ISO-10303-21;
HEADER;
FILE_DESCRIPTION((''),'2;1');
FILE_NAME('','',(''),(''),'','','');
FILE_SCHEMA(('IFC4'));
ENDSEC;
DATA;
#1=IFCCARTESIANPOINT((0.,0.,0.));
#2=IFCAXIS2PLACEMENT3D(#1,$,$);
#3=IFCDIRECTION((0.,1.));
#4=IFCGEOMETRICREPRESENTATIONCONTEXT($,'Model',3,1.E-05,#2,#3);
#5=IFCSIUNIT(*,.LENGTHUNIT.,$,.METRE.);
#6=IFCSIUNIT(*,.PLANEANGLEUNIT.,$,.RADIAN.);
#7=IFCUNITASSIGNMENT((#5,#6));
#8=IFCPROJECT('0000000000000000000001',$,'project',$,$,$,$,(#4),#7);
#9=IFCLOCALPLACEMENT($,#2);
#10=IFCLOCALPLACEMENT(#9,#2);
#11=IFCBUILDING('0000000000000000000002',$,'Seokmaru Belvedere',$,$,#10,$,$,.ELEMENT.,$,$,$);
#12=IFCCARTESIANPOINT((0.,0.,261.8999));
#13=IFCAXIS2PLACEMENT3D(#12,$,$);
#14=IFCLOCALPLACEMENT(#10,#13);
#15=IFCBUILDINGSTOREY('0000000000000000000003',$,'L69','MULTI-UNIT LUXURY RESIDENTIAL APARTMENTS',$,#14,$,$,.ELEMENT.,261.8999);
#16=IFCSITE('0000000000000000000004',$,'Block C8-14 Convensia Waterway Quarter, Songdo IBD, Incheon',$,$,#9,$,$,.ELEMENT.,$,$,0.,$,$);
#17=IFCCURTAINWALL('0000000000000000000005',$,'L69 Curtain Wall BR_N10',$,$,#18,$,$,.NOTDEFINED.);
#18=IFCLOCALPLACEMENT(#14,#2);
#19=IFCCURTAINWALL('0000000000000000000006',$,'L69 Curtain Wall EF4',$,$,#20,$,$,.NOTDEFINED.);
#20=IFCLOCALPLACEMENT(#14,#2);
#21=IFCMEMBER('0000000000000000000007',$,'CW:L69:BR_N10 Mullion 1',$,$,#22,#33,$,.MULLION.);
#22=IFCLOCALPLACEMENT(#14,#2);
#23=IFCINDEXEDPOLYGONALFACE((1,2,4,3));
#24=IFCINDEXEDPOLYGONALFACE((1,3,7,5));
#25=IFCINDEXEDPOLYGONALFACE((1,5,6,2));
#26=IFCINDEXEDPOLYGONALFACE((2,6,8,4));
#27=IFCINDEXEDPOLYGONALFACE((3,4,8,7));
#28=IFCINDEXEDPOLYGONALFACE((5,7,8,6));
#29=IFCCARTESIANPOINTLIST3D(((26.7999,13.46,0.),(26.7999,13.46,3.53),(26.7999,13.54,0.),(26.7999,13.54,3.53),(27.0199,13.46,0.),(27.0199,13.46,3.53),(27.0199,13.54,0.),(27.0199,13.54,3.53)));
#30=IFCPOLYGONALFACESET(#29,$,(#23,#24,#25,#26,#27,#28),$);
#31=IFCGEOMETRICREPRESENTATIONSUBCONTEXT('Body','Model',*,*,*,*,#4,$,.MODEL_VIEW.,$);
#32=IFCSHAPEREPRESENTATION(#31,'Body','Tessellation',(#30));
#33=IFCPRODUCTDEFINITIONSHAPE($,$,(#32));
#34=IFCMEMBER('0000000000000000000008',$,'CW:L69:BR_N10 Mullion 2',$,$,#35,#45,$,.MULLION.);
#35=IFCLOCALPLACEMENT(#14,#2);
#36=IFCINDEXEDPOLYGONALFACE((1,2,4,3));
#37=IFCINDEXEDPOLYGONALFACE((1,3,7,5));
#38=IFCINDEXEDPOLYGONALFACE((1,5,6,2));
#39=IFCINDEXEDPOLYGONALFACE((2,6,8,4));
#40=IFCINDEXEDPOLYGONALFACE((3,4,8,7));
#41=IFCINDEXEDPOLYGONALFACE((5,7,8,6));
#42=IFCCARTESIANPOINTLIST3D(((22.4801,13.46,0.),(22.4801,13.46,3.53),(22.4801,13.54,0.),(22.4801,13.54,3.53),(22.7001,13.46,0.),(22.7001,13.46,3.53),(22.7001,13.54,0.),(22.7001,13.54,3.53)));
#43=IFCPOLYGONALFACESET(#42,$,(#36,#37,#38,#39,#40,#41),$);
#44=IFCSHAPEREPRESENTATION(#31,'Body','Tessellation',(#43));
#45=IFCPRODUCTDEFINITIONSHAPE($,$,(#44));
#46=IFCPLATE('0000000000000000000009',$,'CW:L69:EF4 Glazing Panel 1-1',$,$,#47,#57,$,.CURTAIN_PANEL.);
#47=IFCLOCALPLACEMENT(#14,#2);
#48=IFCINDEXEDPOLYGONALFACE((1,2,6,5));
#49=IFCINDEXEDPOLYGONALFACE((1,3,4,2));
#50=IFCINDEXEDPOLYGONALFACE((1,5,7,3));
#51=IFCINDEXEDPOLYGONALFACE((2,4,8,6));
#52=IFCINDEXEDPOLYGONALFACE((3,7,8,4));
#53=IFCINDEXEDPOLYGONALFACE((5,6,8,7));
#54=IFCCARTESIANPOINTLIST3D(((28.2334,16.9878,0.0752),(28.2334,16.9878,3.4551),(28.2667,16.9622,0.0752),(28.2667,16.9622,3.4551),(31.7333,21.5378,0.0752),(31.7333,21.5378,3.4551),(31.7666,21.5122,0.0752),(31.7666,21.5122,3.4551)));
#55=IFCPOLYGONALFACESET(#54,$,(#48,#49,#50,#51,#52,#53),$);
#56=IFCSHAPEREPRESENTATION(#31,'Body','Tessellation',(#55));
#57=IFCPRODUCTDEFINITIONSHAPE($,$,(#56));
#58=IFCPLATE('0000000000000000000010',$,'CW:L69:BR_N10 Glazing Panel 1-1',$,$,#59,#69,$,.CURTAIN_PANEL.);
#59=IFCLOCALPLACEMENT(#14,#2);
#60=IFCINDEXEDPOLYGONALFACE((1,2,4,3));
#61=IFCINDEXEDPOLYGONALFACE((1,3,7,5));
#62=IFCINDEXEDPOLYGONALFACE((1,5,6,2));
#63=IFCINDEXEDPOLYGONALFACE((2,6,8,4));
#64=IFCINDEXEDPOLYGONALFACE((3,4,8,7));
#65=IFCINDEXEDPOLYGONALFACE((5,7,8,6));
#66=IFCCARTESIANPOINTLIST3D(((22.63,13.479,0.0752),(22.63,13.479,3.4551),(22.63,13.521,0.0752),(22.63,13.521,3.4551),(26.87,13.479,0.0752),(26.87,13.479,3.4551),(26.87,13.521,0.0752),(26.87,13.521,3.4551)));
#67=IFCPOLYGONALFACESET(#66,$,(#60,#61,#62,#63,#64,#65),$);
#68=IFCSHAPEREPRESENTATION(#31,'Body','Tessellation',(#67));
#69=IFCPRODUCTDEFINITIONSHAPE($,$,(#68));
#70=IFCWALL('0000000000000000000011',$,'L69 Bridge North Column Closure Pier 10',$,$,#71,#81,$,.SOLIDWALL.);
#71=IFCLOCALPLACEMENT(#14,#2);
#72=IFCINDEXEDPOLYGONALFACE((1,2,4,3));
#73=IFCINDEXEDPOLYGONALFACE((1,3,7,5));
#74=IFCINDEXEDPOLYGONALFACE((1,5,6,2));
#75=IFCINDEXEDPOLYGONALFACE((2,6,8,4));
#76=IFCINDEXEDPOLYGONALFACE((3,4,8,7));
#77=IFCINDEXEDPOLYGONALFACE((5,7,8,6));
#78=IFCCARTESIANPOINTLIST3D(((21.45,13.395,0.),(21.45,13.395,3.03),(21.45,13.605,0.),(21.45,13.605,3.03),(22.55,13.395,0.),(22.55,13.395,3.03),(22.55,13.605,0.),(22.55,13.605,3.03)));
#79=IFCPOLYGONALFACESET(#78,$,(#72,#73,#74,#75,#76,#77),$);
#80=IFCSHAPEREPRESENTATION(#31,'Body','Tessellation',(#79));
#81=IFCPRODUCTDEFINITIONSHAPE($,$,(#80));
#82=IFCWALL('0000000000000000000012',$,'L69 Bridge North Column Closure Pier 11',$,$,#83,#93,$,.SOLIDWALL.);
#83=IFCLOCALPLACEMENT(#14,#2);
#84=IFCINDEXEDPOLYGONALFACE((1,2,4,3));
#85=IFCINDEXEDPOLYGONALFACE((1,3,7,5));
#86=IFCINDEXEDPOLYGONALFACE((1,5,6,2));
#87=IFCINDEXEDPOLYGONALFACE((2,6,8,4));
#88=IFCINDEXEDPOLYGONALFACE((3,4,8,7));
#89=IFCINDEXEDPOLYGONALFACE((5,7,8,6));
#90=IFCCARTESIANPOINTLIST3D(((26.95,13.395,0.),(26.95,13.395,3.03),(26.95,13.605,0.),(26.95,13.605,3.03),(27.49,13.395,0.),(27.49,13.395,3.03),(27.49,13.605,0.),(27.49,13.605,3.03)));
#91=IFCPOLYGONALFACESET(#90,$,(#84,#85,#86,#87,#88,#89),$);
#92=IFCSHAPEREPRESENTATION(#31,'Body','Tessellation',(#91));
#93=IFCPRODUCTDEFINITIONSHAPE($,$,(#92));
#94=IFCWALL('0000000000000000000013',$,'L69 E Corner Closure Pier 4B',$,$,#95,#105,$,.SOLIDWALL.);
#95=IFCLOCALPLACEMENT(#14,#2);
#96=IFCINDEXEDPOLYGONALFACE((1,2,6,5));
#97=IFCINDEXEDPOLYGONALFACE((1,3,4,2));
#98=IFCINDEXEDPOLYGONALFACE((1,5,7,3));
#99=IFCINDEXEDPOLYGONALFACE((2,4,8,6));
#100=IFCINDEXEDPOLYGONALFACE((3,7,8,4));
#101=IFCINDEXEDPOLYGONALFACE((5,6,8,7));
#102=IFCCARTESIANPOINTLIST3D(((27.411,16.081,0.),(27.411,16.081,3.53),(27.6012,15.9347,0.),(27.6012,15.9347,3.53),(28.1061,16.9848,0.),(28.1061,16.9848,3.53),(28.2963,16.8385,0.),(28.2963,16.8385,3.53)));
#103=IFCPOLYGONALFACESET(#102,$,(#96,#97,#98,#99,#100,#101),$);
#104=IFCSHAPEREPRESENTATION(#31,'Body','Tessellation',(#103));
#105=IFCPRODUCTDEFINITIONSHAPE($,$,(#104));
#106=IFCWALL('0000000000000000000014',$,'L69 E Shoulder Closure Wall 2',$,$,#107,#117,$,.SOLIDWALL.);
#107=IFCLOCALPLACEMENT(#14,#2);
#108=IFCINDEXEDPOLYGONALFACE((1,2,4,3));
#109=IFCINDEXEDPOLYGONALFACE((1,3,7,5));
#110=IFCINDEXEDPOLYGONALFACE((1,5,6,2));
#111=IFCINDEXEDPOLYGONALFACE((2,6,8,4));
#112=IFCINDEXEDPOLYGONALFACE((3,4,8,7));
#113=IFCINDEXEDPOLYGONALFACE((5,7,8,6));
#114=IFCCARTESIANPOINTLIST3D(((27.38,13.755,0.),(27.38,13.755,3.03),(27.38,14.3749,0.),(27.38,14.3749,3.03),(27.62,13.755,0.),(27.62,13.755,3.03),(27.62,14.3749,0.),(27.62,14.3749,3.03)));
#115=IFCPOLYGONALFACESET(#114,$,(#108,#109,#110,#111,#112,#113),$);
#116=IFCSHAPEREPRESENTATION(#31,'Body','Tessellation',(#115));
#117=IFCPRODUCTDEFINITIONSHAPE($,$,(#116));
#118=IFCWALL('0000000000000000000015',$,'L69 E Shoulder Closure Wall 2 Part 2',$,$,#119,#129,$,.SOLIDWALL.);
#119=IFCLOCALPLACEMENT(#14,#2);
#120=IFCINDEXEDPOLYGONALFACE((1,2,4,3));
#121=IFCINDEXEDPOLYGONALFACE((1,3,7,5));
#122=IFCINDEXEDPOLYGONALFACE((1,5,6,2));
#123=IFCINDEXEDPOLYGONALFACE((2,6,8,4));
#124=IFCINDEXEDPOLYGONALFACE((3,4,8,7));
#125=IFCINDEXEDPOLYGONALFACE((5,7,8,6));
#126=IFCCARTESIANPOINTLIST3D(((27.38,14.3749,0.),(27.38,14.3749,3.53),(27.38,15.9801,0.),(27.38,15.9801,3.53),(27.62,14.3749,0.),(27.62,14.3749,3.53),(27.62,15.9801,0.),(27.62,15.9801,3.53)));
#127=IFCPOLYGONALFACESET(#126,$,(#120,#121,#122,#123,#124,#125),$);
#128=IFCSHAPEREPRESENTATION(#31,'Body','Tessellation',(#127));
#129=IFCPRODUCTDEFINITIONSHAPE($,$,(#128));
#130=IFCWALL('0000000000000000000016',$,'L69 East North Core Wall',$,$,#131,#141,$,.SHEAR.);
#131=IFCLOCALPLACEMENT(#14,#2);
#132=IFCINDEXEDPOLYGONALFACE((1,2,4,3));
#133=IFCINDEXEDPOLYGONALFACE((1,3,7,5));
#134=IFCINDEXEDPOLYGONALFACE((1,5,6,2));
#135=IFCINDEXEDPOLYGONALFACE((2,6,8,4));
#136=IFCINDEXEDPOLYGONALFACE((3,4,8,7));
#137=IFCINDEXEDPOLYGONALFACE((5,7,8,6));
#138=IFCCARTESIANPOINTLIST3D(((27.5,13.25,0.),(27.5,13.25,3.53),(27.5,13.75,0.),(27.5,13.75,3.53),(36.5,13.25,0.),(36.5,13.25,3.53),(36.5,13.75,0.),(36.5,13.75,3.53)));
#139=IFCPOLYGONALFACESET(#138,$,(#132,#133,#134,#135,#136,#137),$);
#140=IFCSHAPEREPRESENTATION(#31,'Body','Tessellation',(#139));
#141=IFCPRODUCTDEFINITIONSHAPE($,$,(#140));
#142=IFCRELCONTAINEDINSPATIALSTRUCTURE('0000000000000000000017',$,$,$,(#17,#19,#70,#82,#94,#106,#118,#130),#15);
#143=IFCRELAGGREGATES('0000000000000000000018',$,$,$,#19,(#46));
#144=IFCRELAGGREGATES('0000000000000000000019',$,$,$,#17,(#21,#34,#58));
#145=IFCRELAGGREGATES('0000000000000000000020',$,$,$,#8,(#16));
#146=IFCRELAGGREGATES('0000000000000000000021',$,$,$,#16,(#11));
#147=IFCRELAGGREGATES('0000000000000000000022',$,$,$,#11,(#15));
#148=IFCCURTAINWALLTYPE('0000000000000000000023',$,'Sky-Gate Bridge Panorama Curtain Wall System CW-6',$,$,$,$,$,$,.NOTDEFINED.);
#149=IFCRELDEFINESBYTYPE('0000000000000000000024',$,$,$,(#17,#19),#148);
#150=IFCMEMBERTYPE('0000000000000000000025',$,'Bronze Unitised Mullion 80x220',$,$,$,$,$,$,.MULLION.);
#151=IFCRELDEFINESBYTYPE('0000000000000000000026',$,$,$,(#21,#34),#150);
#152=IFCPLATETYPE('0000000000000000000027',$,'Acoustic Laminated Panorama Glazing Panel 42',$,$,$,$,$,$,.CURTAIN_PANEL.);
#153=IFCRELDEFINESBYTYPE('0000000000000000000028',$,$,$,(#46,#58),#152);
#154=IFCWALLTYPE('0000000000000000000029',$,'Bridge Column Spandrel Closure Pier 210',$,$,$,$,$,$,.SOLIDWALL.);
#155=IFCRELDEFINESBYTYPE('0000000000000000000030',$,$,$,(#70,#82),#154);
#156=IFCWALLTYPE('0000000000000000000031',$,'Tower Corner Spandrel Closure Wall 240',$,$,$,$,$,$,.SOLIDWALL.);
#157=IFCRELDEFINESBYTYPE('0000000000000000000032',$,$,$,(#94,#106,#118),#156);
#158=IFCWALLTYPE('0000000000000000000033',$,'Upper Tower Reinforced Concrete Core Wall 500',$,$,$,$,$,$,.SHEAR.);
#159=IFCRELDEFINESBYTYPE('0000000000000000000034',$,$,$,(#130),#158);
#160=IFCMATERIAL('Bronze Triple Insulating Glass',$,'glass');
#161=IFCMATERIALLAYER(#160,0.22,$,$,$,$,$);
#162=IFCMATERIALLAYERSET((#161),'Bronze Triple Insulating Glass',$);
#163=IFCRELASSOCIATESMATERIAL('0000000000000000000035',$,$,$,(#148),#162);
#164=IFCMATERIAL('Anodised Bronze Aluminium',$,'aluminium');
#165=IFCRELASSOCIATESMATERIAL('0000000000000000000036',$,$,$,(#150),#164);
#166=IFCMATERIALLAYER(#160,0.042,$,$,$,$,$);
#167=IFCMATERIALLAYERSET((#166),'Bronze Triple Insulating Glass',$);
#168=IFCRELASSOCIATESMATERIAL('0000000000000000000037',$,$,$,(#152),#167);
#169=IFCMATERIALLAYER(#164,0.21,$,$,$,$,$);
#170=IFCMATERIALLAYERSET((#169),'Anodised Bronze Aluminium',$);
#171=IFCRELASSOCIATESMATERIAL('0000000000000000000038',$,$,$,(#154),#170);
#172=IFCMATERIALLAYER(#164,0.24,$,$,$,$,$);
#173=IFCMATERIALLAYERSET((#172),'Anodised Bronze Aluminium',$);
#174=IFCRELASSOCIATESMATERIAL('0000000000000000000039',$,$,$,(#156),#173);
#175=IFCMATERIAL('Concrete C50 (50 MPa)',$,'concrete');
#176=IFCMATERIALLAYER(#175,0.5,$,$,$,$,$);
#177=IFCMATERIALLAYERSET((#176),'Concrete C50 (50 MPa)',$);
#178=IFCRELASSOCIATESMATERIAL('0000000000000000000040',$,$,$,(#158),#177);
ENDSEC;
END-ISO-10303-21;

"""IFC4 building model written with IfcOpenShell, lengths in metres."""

from ifc_helpers import new_model, si_unit, direction, frame, frame_2d, origin, origin_2d, place, context, subcontext, project, spatial, rectangle, extrude, source, transform, mapped, material, layer, layer_set, material_profile, profile_set, type_object, type_shapes, element, aggregate, save


model = new_model("IFC4")

# Units and contexts
model_context = context("Model", 3, precision=1e-05, world=origin(), true_north=direction((0.0, 1.0)))
body_context = subcontext(model_context, "Body", "Model", "MODEL_VIEW")
ifc_project = project(units=[si_unit("LENGTHUNIT", "METRE"), si_unit("PLANEANGLEUNIT", "RADIAN")], contexts=[model_context])

# Site, building, storey
site_placement = place(None, origin())
site = spatial("IfcSite", under=ifc_project, at=site_placement, Name="Block C8-14 Convensia Waterway Quarter, Songdo IBD, Incheon", CompositionType="ELEMENT", RefElevation=0.0)
building_placement = place(site_placement, origin())
building = spatial("IfcBuilding", under=site, at=building_placement, Name="Seokmaru Belvedere", CompositionType="ELEMENT")
storey_placement = place(building_placement, frame((0.0, 0.0, 261.8999)))
storey = spatial("IfcBuildingStorey", under=building, at=storey_placement, Name="L69", Description="MULTI-UNIT LUXURY RESIDENTIAL APARTMENTS", CompositionType="ELEMENT", Elevation=261.8999)

# Curtain wall
ifc_material_1 = material(Name="Bronze Triple Insulating Glass", Category="glass")
ifc_layer_1 = layer(ifc_material_1, 0.22)
ifc_layer_set_1 = layer_set([ifc_layer_1], Name="Bronze Triple Insulating Glass")
curtain_wall_type = type_object("IfcCurtainWallType", Name="Sky-Gate Bridge Panorama Curtain Wall System CW-6", PredefinedType="NOTDEFINED", material=ifc_layer_set_1)
curtain_wall_1_placement = place(storey_placement, origin())
curtain_wall_1 = element("IfcCurtainWall", 1, at=curtain_wall_1_placement, inside=storey, type_object=curtain_wall_type, Name="L69 Curtain Wall BR_N10", PredefinedType="NOTDEFINED")
ifc_material_2 = material(Name="Anodised Bronze Aluminium", Category="aluminium")

# Curtain wall
curtain_wall_2_placement = place(storey_placement, origin())
curtain_wall_2 = element("IfcCurtainWall", 2, at=curtain_wall_2_placement, inside=storey, type_object=curtain_wall_type, Name="L69 Curtain Wall EF4", PredefinedType="NOTDEFINED")
ifc_material_profile_1 = material_profile(ifc_material_2, rectangle(XDim=0.0801, YDim=0.22, at=origin_2d()), Name="CW-M-80x220")
ifc_profile_set_1 = profile_set([ifc_material_profile_1], Name="Anodised Bronze Aluminium")
member_type_1 = type_object("IfcMemberType", Name="Bronze Unitised Mullion 80x220", PredefinedType="MULLION", material=ifc_profile_set_1)
shared_shape_1 = source(origin(), body_context, "Body", "SweptSolid", [
    extrude(rectangle(XDim=0.0801, YDim=0.22, at=origin_2d()), origin(), (0.0, 0.0, 1.0), 3.53),
])
type_shapes(member_type_1, [shared_shape_1])

# Members
member_1_placement = place(storey_placement, frame((26.9099, 13.5, 0.0), z_axis=(0.0, 0.0, 1.0), x_axis=(0.0, -1.0, 0.0)))
member_1 = element("IfcMember", 3, at=member_1_placement, type_object=member_type_1, Name="CW:L69:BR_N10 Mullion 1", PredefinedType="MULLION", context=body_context, shape_type="MappedRepresentation", body=[
    mapped(shared_shape_1, transform((0.0, 0.0, 0.0), scale=1.0)),
])
member_2_placement = place(storey_placement, frame((22.5901, 13.5, 0.0), z_axis=(0.0, 0.0, 1.0), x_axis=(0.0, -1.0, 0.0)))
member_2 = element("IfcMember", 4, at=member_2_placement, type_object=member_type_1, Name="CW:L69:BR_N10 Mullion 2", PredefinedType="MULLION", context=body_context, shape_type="MappedRepresentation", body=[
    mapped(shared_shape_1, transform((0.0, 0.0, 0.0), scale=1.0)),
])

# Plates
ifc_layer_2 = layer(ifc_material_1, 0.042)
ifc_layer_set_2 = layer_set([ifc_layer_2], Name="Bronze Triple Insulating Glass")
plate_type = type_object("IfcPlateType", Name="Acoustic Laminated Panorama Glazing Panel 42", PredefinedType="CURTAIN_PANEL", material=ifc_layer_set_2)
shared_shape_2 = source(origin(), body_context, "Body", "SweptSolid", [
    extrude(rectangle(XDim=5.7405, YDim=0.042, at=origin_2d()), origin(), (0.0, 0.0, 1.0), 3.3799),
])
plate_1_placement = place(storey_placement, frame((30.0, 19.25, 0.0752), z_axis=(0.0, 0.0, 1.0), x_axis=(-0.609701, -0.792631, 0.0)))
plate_1 = element("IfcPlate", 5, at=plate_1_placement, type_object=plate_type, Name="CW:L69:EF4 Glazing Panel 1-1", PredefinedType="CURTAIN_PANEL", context=body_context, shape_type="MappedRepresentation", body=[
    mapped(shared_shape_2, transform((0.0, 0.0, 0.0), scale=1.0)),
])
aggregate(curtain_wall_2, [plate_1])
shared_shape_3 = source(origin(), body_context, "Body", "SweptSolid", [
    extrude(rectangle(XDim=4.24, YDim=0.042, at=origin_2d()), origin(), (0.0, 0.0, 1.0), 3.3799),
])
type_shapes(plate_type, [shared_shape_2, shared_shape_3])
plate_2_placement = place(storey_placement, frame((24.75, 13.5, 0.0752), z_axis=(0.0, 0.0, 1.0), x_axis=(-1.0, 0.0, 0.0)))
plate_2 = element("IfcPlate", 6, at=plate_2_placement, type_object=plate_type, Name="CW:L69:BR_N10 Glazing Panel 1-1", PredefinedType="CURTAIN_PANEL", context=body_context, shape_type="MappedRepresentation", body=[
    mapped(shared_shape_3, transform((0.0, 0.0, 0.0), scale=1.0)),
])
aggregate(curtain_wall_1, [member_1, member_2, plate_2])

# Walls
ifc_layer_3 = layer(ifc_material_2, 0.21)
ifc_layer_set_3 = layer_set([ifc_layer_3], Name="Anodised Bronze Aluminium")
wall_type_1 = type_object("IfcWallType", Name="Bridge Column Spandrel Closure Pier 210", PredefinedType="SOLIDWALL", material=ifc_layer_set_3)
wall_1_placement = place(storey_placement, frame((21.45, 13.5, 0.0), z_axis=(0.0, 0.0, 1.0), x_axis=(1.0, 0.0, 0.0)))
element("IfcWall", 7, at=wall_1_placement, inside=storey, type_object=wall_type_1, Name="L69 Bridge North Column Closure Pier 10", PredefinedType="SOLIDWALL", context=body_context, shape_type="SweptSolid", body=[
    extrude(rectangle(XDim=1.1001, YDim=0.21, at=frame_2d((0.55, 0.0))), origin(), (0.0, 0.0, 1.0), 3.03),
])
wall_2_placement = place(storey_placement, frame((26.95, 13.5, 0.0), z_axis=(0.0, 0.0, 1.0), x_axis=(1.0, 0.0, 0.0)))
element("IfcWall", 8, at=wall_2_placement, inside=storey, type_object=wall_type_1, Name="L69 Bridge North Column Closure Pier 11", PredefinedType="SOLIDWALL", context=body_context, shape_type="SweptSolid", body=[
    extrude(rectangle(XDim=0.54, YDim=0.21, at=frame_2d((0.27, 0.0))), origin(), (0.0, 0.0, 1.0), 3.03),
])
ifc_layer_4 = layer(ifc_material_2, 0.24)
ifc_layer_set_4 = layer_set([ifc_layer_4], Name="Anodised Bronze Aluminium")
wall_type_2 = type_object("IfcWallType", Name="Tower Corner Spandrel Closure Wall 240", PredefinedType="SOLIDWALL", material=ifc_layer_set_4)
wall_3_placement = place(storey_placement, frame((28.2012, 16.9116, 0.0), z_axis=(0.0, 0.0, 1.0), x_axis=(-0.609618, -0.792696, 0.0)))
element("IfcWall", 9, at=wall_3_placement, inside=storey, type_object=wall_type_2, Name="L69 E Corner Closure Pier 4B", PredefinedType="SOLIDWALL", context=body_context, shape_type="SweptSolid", body=[
    extrude(rectangle(XDim=1.1401, YDim=0.24, at=frame_2d((0.5701, 0.0))), origin(), (0.0, 0.0, 1.0), 3.53),
])
wall_4_placement = place(storey_placement, frame((27.5, 13.7549, 0.0), z_axis=(0.0, 0.0, 1.0), x_axis=(0.0, 1.0, 0.0)))
element("IfcWall", 10, at=wall_4_placement, inside=storey, type_object=wall_type_2, Name="L69 E Shoulder Closure Wall 2", PredefinedType="SOLIDWALL", context=body_context, shape_type="SweptSolid", body=[
    extrude(rectangle(XDim=0.6199, YDim=0.24, at=frame_2d((0.3101, 0.0))), origin(), (0.0, 0.0, 1.0), 3.03),
])
wall_5_placement = place(storey_placement, frame((27.5, 14.3748, 0.0), z_axis=(0.0, 0.0, 1.0), x_axis=(0.0, 1.0, 0.0)))
element("IfcWall", 11, at=wall_5_placement, inside=storey, type_object=wall_type_2, Name="L69 E Shoulder Closure Wall 2 Part 2", PredefinedType="SOLIDWALL", context=body_context, shape_type="SweptSolid", body=[
    extrude(rectangle(XDim=1.6052, YDim=0.24, at=frame_2d((0.8027, 0.0))), origin(), (0.0, 0.0, 1.0), 3.53),
])
ifc_material_3 = material(Name="Concrete C50 (50 MPa)", Category="concrete")
ifc_layer_5 = layer(ifc_material_3, 0.5)
ifc_layer_set_5 = layer_set([ifc_layer_5], Name="Concrete C50 (50 MPa)")
wall_type_3 = type_object("IfcWallType", Name="Upper Tower Reinforced Concrete Core Wall 500", PredefinedType="SHEAR", material=ifc_layer_set_5)
wall_6_placement = place(storey_placement, frame((27.5, 13.5, 0.0), z_axis=(0.0, 0.0, 1.0), x_axis=(1.0, 0.0, 0.0)))
element("IfcWall", 12, at=wall_6_placement, inside=storey, type_object=wall_type_3, Name="L69 East North Core Wall", PredefinedType="SHEAR", context=body_context, shape_type="SweptSolid", body=[
    extrude(rectangle(XDim=9.0, YDim=0.5, at=frame_2d((4.5, 0.0))), origin(), (0.0, 0.0, 1.0), 3.53),
])

save(model, "model.ifc")
